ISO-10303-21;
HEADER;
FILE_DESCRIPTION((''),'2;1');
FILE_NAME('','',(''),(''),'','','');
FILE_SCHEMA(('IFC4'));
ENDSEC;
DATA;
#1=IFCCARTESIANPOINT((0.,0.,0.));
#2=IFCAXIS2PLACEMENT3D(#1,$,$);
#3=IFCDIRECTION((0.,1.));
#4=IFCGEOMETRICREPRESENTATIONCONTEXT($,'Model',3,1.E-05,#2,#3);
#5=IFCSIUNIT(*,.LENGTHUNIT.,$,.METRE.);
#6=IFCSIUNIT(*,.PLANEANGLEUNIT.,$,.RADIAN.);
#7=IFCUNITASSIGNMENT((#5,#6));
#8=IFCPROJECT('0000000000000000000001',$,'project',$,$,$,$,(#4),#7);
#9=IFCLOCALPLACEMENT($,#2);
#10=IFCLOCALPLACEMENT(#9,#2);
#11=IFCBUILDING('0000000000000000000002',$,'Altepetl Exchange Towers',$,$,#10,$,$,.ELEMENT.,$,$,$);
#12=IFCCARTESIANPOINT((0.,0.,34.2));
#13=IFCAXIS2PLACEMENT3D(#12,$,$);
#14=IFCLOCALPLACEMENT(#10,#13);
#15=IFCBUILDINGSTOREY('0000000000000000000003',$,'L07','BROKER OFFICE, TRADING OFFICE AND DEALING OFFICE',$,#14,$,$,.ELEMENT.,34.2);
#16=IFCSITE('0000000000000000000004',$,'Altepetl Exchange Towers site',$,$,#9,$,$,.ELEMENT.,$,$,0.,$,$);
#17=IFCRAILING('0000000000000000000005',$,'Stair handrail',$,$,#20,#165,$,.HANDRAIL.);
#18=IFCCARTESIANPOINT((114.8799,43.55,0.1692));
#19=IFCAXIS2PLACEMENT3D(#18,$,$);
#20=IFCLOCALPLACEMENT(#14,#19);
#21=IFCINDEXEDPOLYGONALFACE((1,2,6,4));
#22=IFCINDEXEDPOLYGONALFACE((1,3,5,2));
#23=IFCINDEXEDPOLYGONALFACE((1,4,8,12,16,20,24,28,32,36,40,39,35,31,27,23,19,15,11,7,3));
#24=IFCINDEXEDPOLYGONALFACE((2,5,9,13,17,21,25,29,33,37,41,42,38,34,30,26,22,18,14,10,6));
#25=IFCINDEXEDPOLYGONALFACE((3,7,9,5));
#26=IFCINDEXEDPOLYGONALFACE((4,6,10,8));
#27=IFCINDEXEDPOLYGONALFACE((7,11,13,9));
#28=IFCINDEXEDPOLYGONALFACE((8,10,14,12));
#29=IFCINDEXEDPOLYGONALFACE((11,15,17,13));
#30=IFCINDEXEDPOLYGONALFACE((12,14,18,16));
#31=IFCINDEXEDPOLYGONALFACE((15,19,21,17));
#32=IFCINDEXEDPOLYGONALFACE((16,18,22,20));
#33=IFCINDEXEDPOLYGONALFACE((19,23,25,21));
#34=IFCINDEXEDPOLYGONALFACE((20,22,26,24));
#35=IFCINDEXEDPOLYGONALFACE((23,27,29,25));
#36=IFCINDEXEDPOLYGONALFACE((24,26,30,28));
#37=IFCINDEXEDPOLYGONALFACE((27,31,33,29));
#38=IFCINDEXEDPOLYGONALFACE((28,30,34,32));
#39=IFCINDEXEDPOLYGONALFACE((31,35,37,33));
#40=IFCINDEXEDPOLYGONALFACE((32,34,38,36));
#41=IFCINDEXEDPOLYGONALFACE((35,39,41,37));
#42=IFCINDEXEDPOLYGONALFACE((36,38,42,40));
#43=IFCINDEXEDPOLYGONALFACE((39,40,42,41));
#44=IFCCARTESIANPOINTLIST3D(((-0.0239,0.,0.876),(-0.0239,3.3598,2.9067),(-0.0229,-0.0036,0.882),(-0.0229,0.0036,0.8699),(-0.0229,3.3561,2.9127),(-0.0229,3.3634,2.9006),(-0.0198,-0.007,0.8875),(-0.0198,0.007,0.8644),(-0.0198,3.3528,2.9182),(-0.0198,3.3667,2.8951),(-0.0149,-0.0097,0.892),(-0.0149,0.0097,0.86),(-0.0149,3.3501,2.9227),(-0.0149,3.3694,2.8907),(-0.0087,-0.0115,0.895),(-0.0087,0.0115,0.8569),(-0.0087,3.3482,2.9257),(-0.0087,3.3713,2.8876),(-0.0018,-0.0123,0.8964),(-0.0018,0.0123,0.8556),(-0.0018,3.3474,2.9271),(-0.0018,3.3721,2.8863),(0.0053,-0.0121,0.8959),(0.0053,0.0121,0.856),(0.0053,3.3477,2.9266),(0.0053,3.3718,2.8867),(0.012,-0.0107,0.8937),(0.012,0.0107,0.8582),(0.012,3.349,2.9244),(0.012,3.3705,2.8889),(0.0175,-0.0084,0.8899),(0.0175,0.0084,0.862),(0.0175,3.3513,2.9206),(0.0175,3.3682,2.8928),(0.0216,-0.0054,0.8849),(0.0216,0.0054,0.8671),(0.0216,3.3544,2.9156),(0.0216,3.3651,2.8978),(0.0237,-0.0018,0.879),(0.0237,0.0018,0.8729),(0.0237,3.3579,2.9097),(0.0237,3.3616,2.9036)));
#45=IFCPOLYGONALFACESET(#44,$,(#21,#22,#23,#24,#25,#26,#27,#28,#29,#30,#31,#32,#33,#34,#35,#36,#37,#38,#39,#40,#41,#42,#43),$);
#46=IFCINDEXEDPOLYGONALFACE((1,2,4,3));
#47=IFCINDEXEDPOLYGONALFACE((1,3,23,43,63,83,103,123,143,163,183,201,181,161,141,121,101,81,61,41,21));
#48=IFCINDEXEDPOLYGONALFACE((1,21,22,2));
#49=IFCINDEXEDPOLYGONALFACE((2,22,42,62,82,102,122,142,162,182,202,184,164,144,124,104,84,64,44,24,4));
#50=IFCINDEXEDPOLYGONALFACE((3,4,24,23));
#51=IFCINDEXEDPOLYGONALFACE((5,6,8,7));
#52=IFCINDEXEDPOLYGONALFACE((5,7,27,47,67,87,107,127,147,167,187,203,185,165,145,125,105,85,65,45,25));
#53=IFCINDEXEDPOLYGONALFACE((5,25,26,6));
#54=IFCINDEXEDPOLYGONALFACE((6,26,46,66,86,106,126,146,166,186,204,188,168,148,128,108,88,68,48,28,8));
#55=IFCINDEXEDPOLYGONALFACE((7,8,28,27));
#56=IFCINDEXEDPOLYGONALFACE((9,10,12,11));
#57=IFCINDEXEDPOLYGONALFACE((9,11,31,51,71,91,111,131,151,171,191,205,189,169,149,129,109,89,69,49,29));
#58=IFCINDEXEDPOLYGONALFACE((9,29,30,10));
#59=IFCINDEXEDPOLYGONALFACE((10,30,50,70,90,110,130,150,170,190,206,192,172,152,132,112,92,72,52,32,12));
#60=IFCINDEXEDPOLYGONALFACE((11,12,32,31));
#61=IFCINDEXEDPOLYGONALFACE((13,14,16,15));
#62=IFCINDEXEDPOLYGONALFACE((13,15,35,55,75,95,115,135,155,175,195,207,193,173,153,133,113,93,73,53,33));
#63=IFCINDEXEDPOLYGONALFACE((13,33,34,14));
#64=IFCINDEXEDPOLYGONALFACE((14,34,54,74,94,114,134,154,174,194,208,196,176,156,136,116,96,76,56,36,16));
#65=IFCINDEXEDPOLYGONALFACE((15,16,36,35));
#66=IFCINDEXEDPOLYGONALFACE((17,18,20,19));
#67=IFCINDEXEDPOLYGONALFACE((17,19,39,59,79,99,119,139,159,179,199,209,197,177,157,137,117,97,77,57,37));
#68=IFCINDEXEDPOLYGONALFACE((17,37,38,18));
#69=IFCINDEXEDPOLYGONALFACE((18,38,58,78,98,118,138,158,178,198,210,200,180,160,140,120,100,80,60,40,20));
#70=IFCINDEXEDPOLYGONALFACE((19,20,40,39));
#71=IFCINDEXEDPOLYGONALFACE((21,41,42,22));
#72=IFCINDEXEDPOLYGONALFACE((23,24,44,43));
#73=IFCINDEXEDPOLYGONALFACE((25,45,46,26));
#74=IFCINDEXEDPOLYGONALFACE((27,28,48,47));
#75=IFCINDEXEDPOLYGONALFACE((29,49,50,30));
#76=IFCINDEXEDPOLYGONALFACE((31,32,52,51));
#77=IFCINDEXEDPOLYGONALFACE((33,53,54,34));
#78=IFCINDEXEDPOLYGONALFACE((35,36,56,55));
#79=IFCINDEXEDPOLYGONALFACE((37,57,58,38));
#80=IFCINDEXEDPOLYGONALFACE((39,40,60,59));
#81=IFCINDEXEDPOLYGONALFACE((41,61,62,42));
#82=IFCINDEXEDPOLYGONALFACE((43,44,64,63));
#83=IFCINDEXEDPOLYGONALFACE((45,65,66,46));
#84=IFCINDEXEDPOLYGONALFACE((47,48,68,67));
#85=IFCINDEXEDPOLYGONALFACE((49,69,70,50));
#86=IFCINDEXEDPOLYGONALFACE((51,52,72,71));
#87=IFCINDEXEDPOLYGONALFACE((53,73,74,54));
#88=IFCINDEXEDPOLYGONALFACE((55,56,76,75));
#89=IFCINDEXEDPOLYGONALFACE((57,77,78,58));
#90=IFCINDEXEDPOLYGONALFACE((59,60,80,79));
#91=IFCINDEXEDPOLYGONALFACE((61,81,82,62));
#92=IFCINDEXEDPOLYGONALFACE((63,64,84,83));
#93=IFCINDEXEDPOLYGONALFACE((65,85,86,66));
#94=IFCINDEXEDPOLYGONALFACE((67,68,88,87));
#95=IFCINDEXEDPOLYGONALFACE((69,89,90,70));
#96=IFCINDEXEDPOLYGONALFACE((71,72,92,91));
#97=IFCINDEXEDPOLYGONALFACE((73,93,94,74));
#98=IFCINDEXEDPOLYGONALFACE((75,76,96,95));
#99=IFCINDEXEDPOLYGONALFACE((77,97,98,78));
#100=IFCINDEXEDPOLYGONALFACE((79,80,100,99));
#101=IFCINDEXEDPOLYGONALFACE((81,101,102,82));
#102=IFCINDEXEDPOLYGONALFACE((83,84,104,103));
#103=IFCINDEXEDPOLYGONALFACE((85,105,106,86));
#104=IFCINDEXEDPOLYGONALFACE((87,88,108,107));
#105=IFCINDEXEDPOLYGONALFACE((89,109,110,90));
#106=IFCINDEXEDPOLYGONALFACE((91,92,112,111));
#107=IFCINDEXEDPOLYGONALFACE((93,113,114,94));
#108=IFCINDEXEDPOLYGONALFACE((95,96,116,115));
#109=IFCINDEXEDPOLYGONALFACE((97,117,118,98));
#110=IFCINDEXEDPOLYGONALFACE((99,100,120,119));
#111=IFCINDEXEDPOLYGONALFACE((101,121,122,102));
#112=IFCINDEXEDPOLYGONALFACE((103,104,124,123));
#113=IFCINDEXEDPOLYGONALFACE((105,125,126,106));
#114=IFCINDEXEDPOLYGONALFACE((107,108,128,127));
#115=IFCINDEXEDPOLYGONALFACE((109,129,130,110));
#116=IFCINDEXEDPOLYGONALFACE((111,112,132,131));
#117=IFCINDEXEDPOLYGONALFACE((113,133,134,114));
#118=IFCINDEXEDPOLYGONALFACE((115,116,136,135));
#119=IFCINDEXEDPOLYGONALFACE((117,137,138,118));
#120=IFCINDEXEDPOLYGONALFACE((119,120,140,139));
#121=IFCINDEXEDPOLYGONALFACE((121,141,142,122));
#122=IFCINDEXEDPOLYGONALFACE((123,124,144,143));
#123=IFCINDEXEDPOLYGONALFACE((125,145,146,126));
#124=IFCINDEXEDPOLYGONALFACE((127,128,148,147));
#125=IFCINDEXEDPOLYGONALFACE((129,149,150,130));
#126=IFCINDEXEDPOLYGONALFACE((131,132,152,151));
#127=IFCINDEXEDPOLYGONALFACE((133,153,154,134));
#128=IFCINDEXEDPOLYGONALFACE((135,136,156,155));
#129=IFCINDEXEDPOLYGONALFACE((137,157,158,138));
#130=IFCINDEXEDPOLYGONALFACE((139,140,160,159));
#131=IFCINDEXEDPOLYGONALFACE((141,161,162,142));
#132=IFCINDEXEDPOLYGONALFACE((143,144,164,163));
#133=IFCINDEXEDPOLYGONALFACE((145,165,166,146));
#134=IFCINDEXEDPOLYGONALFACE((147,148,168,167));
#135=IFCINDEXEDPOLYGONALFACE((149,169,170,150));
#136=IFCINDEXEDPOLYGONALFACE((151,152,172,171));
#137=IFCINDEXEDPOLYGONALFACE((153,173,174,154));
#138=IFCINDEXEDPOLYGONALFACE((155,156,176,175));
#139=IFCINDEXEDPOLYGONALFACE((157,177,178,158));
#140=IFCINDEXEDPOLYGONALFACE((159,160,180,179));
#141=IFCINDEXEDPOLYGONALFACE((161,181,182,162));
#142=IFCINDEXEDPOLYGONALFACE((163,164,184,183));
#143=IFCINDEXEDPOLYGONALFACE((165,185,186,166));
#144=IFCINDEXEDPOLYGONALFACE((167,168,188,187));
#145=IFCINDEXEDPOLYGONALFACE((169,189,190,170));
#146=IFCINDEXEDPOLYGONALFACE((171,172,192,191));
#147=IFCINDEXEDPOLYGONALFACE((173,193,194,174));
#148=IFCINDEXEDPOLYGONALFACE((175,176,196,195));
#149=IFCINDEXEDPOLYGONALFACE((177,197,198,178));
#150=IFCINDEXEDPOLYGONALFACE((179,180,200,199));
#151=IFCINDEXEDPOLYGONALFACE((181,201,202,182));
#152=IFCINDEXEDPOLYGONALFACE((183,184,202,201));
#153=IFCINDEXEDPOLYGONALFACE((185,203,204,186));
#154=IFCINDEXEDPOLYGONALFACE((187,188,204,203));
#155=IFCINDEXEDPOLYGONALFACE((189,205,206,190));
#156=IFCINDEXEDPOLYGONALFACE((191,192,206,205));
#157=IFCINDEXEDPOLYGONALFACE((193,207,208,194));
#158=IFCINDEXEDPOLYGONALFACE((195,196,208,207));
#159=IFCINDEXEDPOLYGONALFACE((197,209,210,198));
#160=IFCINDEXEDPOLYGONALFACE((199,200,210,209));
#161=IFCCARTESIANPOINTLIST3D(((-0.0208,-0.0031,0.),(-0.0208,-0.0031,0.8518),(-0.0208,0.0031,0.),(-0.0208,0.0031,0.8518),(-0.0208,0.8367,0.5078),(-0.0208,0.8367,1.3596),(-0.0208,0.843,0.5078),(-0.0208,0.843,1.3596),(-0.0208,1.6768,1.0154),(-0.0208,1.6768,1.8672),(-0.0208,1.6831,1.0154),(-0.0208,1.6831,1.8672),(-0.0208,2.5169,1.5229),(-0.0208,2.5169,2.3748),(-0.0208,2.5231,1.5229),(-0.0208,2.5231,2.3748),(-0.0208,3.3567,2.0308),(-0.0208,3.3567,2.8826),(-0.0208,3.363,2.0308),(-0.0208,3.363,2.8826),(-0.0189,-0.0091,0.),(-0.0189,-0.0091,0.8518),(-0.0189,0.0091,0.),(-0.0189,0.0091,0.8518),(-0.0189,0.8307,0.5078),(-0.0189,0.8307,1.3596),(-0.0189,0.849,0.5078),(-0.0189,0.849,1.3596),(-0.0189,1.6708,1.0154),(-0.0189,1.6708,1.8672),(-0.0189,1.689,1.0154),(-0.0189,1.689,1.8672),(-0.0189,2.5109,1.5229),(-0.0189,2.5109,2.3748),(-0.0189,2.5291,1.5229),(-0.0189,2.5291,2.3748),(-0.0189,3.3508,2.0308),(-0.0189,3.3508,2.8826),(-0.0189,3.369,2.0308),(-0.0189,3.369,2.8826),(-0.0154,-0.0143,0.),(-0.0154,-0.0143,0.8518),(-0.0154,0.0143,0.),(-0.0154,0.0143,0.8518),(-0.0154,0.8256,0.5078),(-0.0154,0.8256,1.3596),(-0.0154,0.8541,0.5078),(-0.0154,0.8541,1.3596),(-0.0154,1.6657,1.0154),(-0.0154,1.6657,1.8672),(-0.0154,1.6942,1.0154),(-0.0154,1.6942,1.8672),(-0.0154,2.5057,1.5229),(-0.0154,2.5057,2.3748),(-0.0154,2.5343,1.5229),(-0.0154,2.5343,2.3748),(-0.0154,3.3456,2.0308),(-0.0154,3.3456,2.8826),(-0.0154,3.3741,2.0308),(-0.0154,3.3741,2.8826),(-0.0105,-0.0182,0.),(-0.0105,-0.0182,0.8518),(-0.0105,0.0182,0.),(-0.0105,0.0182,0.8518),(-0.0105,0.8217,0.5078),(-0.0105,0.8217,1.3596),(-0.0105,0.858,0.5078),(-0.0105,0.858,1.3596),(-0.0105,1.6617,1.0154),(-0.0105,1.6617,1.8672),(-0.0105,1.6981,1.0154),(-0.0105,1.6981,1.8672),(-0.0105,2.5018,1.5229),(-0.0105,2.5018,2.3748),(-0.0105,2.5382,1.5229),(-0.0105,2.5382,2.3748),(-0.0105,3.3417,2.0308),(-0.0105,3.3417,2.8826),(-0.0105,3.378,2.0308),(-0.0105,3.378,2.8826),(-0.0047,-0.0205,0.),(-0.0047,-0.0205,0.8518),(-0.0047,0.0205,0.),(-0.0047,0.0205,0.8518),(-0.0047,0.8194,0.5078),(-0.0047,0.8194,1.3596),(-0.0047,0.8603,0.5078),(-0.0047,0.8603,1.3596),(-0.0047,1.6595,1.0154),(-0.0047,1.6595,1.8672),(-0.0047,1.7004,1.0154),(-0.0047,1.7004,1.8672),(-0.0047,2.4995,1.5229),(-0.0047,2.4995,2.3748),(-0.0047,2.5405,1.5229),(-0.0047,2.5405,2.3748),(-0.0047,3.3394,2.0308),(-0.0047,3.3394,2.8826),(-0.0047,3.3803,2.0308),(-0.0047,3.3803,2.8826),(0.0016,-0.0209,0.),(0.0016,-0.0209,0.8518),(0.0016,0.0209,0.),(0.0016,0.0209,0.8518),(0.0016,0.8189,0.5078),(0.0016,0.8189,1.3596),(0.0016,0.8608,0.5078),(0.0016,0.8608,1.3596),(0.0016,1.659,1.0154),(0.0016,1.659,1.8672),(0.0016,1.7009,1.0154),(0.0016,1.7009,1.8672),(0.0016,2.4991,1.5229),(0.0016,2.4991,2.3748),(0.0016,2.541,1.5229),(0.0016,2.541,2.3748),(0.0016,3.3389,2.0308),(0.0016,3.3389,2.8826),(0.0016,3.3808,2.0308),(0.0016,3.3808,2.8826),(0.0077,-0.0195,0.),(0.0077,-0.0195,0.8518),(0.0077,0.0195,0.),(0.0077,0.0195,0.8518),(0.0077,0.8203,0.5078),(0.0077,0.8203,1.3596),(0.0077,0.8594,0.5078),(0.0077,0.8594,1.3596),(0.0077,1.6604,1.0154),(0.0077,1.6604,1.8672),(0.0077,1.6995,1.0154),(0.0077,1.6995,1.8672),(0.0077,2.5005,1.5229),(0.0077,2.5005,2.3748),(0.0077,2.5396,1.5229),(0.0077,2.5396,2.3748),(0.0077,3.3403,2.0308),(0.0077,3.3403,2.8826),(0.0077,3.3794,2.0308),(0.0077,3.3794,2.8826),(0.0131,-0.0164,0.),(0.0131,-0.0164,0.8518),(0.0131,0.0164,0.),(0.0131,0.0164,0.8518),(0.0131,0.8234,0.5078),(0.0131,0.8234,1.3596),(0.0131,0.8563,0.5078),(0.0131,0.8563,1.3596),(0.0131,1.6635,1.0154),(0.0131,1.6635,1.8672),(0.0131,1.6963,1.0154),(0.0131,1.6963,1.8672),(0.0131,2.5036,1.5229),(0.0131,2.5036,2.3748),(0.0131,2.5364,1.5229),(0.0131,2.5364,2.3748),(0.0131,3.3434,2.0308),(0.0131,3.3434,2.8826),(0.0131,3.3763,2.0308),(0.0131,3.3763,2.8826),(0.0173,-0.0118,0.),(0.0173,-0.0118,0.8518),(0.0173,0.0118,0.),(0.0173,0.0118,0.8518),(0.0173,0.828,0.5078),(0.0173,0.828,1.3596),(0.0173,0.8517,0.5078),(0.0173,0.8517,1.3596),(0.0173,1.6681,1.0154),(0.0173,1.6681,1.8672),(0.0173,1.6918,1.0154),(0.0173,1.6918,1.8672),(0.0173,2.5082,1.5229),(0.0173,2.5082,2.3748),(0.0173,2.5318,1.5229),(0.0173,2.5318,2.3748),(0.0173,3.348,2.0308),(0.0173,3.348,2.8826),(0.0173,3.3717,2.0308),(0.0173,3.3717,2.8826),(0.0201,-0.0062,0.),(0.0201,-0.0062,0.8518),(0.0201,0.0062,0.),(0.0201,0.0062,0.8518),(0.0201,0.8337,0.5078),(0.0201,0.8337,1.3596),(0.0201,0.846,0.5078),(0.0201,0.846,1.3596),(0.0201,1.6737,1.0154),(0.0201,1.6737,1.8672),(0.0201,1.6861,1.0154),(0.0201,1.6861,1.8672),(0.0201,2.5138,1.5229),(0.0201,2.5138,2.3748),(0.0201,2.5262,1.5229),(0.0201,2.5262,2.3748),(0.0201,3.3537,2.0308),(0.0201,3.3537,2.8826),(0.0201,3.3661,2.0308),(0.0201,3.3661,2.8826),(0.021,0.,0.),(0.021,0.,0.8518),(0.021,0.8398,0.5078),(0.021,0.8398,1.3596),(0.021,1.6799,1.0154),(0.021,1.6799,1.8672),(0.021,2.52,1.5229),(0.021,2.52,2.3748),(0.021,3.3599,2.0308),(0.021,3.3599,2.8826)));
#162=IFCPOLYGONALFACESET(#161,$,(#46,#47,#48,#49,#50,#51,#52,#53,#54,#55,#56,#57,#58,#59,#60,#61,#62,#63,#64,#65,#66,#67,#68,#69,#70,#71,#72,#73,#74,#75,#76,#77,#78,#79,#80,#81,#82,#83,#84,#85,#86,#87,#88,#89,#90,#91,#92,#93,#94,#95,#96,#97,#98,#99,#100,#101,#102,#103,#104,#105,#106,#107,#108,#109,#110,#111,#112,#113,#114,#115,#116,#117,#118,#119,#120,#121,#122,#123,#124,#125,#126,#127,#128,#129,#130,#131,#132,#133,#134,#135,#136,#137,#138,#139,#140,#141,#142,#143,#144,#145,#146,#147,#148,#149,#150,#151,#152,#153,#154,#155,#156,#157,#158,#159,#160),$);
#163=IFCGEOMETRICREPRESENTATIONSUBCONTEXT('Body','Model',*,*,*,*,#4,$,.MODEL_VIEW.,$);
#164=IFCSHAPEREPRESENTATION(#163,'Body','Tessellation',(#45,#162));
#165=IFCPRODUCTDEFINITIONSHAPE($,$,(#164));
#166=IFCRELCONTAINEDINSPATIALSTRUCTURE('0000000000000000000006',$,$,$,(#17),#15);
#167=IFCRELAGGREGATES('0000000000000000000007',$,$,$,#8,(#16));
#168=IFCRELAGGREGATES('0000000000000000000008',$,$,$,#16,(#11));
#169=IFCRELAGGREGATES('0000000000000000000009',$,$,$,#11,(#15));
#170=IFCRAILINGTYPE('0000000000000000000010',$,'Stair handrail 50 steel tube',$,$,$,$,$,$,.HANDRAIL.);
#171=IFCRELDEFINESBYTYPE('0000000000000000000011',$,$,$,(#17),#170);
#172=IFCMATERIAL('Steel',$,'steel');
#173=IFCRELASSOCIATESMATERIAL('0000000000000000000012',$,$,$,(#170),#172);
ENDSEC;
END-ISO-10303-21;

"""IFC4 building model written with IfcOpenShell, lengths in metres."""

from ifc_helpers import new_model, si_unit, direction, frame, origin, origin_2d, place, context, subcontext, project, spatial, circle, extrude, source, transform, mapped, material, type_object, element, save


model = new_model("IFC4")

# Units and contexts
model_context = context("Model", 3, precision=1e-05, world=origin(), true_north=direction((0.0, 1.0)))
body_context = subcontext(model_context, "Body", "Model", "MODEL_VIEW")
ifc_project = project(units=[si_unit("LENGTHUNIT", "METRE"), si_unit("PLANEANGLEUNIT", "RADIAN")], contexts=[model_context])

# Site, building, storey
site_placement = place(None, origin())
site = spatial("IfcSite", under=ifc_project, at=site_placement, Name="Altepetl Exchange Towers site", CompositionType="ELEMENT", RefElevation=0.0)
building_placement = place(site_placement, origin())
building = spatial("IfcBuilding", under=site, at=building_placement, Name="Altepetl Exchange Towers", CompositionType="ELEMENT")
storey_placement = place(building_placement, frame((0.0, 0.0, 34.2)))
storey = spatial("IfcBuildingStorey", under=building, at=storey_placement, Name="L07", Description="BROKER OFFICE, TRADING OFFICE AND DEALING OFFICE", CompositionType="ELEMENT", Elevation=34.2)

# Railing
ifc_material_1 = material(Name="Steel", Category="steel")
railing_type = type_object("IfcRailingType", Name="Stair handrail 50 steel tube", PredefinedType="HANDRAIL", material=ifc_material_1)
shared_shape = source(origin(), body_context, "Body", "SweptSolid", [
    extrude(circle(Radius=0.021, at=origin_2d()), origin(), (0.0, 0.0, 1.0), 0.8518),
])
railing_1_placement = place(storey_placement, frame((114.8799, 43.55, 0.1692)))
element("IfcRailing", 1, at=railing_1_placement, inside=storey, type_object=railing_type, Name="Stair handrail", PredefinedType="HANDRAIL", context=body_context, shape_type="SweptSolid", body=[
    extrude(circle(Radius=0.0239, at=origin_2d()), frame((0.0, 0.0, 0.876), z_axis=(0.0, 0.85582, 0.517273), x_axis=(-1.0, 0.0, 0.0)), (0.0, 0.0, 1.0), 3.9258),
    mapped(shared_shape, transform((0.0, 0.0, 0.0))),
    mapped(shared_shape, transform((0.0, 0.8398, 0.5078))),
    mapped(shared_shape, transform((0.0, 1.6799, 1.0154))),
    mapped(shared_shape, transform((0.0, 2.52, 1.5229))),
    mapped(shared_shape, transform((0.0, 3.3599, 2.0308))),
])

save(model, "model.ifc")
